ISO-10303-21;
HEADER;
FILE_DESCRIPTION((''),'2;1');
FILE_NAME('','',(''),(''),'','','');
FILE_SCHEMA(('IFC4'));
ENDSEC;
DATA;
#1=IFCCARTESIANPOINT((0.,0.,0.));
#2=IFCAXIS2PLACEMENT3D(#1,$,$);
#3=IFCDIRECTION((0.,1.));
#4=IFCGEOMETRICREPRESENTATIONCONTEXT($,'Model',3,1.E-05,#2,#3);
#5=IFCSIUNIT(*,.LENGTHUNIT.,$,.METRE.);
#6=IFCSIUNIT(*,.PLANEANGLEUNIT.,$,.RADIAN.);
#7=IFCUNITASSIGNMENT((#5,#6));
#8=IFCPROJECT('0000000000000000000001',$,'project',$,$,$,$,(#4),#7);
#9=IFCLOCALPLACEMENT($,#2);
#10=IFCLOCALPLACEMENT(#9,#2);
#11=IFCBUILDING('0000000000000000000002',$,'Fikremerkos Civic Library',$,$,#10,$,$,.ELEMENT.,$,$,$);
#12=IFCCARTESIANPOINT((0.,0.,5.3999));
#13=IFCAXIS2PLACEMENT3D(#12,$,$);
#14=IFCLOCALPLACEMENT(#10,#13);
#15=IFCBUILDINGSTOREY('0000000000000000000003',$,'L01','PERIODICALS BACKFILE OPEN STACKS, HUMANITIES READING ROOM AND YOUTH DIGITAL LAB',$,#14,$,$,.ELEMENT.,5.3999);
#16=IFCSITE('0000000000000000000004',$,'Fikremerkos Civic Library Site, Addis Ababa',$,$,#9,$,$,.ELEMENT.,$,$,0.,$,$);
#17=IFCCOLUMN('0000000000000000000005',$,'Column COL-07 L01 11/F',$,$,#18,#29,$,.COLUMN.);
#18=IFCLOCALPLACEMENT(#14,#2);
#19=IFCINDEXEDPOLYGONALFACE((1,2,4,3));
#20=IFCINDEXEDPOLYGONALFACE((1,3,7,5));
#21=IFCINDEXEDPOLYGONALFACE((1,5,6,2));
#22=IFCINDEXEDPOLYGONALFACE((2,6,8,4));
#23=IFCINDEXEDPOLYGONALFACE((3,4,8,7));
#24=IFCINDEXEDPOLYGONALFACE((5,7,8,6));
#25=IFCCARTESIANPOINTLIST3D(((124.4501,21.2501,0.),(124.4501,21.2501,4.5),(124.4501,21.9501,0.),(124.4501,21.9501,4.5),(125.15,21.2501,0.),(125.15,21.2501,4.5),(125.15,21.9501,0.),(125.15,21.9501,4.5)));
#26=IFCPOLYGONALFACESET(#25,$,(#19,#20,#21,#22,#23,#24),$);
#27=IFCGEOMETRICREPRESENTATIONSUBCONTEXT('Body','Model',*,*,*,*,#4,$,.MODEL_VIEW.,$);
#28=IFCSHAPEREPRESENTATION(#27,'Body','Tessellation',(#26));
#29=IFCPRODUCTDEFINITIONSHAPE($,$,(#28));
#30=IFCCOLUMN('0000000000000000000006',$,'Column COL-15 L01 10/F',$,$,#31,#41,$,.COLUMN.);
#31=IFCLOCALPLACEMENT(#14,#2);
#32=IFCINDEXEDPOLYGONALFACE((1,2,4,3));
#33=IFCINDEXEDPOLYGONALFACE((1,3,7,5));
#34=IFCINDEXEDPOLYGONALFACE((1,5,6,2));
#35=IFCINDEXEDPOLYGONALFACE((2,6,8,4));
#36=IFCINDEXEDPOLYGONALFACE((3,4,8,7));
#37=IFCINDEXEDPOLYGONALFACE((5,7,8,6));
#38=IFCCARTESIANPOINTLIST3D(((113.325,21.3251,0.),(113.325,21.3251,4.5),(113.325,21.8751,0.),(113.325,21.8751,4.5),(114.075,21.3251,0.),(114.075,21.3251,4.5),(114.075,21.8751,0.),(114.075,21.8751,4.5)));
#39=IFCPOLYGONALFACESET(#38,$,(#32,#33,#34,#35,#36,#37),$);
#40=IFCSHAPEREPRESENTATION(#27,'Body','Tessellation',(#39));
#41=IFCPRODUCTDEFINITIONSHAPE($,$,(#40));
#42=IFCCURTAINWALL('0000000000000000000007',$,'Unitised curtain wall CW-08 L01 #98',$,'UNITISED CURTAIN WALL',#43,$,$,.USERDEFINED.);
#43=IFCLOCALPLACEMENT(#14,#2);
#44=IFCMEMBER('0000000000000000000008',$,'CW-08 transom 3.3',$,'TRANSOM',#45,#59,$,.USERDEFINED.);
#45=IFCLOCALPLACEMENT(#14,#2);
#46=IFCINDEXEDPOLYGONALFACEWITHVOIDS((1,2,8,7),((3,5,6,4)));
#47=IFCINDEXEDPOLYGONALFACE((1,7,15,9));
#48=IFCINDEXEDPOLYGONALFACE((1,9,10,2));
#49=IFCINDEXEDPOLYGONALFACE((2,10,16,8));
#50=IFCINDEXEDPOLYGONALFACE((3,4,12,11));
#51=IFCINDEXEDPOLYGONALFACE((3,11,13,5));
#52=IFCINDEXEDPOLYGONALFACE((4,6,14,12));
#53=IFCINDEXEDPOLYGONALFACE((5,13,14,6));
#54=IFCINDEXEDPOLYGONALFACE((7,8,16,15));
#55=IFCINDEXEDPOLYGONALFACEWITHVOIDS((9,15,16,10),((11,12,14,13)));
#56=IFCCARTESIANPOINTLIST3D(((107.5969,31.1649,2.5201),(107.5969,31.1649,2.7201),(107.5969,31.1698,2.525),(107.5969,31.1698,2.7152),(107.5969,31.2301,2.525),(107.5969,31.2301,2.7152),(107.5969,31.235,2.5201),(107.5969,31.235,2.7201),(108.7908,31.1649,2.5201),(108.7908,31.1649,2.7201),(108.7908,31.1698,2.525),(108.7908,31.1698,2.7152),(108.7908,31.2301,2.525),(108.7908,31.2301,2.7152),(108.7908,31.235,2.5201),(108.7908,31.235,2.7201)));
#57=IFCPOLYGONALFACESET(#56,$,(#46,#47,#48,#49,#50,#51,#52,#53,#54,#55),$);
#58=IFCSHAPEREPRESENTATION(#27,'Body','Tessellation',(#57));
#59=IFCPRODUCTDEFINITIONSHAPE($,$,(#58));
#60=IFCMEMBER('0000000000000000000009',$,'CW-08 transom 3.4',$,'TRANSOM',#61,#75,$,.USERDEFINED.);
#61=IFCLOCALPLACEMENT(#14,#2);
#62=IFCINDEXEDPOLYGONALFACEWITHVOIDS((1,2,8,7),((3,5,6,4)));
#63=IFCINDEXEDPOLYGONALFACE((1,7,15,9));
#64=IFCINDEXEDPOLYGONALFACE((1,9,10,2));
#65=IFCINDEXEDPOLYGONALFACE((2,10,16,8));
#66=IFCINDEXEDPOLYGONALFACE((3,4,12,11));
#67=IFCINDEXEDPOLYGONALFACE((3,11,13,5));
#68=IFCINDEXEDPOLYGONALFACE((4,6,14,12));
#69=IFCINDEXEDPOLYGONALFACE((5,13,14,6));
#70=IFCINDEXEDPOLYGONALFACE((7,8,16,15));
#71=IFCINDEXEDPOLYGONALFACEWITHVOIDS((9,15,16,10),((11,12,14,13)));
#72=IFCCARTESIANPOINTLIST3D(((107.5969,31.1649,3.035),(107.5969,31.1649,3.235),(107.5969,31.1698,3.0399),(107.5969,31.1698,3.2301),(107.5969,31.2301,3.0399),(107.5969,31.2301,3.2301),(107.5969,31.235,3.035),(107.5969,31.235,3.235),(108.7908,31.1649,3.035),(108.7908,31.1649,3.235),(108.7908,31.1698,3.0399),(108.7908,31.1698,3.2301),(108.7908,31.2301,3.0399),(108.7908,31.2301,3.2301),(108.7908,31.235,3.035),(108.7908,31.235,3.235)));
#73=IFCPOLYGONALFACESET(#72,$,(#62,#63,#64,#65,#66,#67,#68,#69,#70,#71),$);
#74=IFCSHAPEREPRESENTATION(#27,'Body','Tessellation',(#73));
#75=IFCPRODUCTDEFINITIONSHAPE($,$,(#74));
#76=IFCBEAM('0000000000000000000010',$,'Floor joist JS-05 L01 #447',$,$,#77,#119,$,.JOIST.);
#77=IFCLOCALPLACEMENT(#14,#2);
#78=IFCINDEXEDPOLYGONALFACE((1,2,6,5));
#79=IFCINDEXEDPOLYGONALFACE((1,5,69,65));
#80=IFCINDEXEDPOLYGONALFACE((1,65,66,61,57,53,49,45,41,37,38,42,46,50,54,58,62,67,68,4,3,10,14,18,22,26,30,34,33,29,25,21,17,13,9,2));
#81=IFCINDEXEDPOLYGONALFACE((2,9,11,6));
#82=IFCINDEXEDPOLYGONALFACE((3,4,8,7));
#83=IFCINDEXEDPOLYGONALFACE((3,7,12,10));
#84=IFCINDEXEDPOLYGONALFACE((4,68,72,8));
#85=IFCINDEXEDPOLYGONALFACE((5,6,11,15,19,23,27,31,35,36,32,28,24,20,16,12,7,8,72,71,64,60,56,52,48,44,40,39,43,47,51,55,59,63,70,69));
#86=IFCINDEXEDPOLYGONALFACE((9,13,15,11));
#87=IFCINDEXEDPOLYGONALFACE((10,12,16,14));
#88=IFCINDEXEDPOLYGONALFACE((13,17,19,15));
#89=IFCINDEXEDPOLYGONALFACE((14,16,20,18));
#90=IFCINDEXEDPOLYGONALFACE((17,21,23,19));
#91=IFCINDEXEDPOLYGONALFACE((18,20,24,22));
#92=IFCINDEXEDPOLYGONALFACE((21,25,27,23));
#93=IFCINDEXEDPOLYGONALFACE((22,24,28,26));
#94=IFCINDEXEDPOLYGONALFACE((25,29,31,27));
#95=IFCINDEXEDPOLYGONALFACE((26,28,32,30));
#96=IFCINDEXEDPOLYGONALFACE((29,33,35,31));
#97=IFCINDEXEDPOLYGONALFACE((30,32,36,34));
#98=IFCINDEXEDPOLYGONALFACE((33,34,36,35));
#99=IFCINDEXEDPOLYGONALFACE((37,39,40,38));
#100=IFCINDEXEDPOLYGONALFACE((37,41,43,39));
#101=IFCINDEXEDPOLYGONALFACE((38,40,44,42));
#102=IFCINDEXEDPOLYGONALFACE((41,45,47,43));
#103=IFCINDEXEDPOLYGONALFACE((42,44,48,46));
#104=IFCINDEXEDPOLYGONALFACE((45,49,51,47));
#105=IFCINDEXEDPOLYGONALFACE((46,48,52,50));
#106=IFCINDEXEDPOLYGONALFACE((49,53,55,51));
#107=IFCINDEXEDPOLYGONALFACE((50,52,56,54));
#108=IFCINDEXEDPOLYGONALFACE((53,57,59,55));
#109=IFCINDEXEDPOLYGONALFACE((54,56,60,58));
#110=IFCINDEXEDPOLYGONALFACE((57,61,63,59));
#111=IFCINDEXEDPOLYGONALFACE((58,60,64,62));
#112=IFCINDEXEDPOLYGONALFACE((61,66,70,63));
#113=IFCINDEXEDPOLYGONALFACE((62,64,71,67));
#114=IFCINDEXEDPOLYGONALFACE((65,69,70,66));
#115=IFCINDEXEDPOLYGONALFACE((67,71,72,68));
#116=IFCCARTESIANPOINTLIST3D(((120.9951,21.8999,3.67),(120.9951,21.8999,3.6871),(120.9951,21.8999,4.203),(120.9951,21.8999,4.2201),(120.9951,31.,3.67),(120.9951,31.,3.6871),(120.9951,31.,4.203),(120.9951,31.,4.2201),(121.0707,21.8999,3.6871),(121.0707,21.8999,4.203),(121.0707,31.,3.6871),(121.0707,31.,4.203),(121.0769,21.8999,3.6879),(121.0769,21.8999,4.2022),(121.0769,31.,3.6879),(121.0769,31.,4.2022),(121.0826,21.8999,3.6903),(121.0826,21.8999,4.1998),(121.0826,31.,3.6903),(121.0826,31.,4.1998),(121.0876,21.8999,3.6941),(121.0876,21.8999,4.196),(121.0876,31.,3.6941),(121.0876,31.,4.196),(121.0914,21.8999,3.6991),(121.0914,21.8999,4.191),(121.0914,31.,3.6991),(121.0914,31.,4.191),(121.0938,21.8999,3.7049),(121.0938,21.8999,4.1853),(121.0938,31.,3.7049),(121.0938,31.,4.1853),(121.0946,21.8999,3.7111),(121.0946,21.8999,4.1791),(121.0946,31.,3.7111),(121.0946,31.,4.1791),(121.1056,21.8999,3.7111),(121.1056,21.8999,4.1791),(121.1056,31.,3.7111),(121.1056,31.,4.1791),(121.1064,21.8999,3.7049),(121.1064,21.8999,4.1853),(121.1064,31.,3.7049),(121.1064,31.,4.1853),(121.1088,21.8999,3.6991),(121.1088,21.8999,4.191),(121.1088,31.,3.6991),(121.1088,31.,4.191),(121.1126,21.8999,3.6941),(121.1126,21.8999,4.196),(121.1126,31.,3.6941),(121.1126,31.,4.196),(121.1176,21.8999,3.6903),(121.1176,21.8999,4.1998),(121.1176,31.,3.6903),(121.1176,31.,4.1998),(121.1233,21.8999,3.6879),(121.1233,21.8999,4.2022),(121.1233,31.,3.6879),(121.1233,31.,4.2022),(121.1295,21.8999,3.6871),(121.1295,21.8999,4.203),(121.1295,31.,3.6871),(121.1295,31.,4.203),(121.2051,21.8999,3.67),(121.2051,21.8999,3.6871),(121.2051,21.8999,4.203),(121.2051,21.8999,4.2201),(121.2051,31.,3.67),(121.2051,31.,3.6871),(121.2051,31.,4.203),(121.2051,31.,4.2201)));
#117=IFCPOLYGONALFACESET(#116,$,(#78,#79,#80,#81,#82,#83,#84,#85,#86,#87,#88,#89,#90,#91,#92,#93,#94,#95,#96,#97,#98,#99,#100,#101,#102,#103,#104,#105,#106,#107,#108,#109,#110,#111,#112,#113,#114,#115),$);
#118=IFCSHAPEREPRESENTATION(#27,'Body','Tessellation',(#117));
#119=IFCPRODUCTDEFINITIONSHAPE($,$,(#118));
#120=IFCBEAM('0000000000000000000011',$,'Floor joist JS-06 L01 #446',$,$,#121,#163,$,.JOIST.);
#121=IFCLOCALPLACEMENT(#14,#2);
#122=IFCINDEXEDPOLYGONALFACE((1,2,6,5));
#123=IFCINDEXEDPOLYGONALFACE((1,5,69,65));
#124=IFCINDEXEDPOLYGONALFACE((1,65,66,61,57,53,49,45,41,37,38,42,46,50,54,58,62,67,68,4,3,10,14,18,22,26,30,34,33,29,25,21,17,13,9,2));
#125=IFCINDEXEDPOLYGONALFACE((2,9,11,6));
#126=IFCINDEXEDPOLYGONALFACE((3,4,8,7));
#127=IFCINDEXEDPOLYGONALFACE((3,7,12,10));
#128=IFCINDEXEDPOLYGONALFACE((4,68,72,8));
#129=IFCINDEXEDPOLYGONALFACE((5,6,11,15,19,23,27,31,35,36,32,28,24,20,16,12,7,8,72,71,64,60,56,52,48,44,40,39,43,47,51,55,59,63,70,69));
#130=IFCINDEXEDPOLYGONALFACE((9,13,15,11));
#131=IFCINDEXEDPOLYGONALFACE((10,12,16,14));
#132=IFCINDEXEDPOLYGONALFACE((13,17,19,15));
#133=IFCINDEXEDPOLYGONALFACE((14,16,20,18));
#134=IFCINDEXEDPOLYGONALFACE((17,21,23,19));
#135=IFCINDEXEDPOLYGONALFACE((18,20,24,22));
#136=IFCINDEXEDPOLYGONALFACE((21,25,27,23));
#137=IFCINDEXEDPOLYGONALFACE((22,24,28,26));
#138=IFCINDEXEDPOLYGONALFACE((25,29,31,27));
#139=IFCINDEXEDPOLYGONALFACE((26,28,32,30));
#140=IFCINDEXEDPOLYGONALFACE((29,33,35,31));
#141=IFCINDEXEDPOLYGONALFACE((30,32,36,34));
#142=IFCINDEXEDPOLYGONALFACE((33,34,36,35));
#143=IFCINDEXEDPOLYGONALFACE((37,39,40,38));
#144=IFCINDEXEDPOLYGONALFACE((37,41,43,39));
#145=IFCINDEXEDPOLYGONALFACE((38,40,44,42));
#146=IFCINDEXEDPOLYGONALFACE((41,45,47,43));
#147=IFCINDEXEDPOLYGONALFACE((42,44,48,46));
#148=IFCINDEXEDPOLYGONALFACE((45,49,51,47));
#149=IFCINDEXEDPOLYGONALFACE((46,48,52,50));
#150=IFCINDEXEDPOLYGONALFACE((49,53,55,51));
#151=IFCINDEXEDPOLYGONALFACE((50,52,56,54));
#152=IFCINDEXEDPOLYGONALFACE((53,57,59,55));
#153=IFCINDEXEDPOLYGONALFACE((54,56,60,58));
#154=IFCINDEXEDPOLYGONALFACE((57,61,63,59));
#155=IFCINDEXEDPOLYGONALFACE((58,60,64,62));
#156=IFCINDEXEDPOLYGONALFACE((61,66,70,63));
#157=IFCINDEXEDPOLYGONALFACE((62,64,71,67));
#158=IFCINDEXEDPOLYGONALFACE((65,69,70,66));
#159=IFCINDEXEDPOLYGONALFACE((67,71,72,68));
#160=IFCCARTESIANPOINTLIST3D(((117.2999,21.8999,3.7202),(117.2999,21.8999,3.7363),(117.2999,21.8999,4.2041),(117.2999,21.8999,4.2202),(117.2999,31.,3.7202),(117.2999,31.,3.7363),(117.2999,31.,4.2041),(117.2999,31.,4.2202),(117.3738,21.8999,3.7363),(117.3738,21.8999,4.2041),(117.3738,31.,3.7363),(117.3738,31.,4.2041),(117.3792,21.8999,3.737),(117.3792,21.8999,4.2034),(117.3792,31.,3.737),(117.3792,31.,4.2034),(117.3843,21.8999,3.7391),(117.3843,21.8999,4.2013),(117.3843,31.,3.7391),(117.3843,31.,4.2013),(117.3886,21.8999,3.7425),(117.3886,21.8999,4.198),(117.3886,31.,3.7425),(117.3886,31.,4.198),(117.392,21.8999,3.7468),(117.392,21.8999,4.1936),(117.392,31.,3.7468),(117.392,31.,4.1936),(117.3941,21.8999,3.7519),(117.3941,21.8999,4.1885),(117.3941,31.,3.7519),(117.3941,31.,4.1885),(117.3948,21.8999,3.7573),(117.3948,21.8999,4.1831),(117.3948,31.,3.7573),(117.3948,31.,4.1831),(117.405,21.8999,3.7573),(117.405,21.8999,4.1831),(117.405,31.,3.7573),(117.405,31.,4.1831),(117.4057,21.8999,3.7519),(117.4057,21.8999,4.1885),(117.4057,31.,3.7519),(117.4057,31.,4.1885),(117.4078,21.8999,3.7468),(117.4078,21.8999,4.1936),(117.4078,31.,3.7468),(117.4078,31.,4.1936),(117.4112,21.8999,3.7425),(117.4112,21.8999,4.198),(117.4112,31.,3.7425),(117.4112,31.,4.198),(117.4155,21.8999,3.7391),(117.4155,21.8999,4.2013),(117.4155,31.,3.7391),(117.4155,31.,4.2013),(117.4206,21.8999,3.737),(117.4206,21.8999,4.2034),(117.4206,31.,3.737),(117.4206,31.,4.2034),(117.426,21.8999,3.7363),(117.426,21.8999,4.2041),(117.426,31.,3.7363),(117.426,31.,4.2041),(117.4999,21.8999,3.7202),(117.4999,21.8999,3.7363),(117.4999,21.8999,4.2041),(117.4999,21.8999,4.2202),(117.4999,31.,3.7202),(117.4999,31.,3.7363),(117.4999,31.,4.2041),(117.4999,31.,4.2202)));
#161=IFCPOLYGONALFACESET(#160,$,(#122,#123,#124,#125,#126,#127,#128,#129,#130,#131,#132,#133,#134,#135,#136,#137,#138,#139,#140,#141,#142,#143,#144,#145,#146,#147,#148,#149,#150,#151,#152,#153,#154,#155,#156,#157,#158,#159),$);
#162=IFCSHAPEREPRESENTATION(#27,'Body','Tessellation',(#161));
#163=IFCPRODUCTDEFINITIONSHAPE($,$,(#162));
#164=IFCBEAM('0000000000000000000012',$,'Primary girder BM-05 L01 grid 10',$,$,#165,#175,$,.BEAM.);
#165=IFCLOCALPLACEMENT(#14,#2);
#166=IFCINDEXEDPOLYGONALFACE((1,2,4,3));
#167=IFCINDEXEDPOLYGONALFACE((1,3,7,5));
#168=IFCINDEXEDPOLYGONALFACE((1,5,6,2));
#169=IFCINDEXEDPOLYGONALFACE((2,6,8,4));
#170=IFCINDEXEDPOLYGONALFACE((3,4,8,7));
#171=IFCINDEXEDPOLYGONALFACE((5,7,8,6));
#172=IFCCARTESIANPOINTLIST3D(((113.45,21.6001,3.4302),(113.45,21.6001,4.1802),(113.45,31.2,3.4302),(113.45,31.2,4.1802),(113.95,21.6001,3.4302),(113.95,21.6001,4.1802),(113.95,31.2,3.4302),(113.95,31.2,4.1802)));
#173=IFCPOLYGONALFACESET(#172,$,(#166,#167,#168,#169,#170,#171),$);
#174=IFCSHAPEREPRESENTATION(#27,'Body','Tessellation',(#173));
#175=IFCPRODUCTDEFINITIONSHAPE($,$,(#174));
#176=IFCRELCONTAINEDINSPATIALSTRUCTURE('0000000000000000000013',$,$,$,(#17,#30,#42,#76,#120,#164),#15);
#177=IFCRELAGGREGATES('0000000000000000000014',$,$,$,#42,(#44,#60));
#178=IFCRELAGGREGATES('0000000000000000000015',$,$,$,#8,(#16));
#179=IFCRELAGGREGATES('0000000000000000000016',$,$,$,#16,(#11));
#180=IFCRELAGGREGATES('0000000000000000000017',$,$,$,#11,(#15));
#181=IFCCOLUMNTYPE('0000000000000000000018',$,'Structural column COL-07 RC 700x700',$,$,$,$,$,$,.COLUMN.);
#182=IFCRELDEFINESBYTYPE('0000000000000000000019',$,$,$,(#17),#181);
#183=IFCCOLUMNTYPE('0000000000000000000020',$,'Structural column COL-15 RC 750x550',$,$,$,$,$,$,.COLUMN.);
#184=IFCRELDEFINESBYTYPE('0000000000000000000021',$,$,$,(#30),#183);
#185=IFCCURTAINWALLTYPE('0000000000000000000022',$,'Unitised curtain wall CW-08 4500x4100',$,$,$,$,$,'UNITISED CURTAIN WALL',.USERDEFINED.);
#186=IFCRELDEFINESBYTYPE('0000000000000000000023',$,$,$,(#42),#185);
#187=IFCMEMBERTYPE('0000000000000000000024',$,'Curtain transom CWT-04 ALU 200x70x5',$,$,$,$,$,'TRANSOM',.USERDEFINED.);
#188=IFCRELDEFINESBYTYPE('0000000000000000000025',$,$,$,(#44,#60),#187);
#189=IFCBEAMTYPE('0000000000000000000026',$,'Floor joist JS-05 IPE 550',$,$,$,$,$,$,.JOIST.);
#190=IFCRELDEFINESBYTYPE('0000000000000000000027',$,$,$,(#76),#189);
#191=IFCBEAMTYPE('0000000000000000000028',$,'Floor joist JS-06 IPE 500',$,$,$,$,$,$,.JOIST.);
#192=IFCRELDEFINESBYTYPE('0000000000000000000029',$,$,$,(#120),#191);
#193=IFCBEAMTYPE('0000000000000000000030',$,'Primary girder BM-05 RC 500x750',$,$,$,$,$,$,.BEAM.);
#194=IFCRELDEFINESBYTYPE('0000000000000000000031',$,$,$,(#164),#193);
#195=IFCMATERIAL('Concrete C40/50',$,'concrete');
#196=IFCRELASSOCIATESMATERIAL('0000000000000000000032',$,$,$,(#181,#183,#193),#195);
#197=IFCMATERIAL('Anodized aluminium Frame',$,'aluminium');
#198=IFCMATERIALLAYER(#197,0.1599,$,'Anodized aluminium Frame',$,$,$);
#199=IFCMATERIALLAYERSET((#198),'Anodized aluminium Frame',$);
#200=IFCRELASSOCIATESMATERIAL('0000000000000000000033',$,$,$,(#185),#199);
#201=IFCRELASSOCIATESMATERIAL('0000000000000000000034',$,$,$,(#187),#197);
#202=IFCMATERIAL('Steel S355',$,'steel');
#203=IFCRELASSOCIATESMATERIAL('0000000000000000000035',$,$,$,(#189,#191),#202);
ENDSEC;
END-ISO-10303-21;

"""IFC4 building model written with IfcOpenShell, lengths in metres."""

from ifc_helpers import new_model, si_unit, direction, frame, origin, origin_2d, place, context, subcontext, project, spatial, rectangle, hollow_rectangle, i_section, extrude, material, layer, layer_set, material_profile, profile_set, type_object, element, aggregate, save


model = new_model("IFC4")

# Units and contexts
model_context = context("Model", 3, precision=1e-05, world=origin(), true_north=direction((0.0, 1.0)))
body_context = subcontext(model_context, "Body", "Model", "MODEL_VIEW")
ifc_project = project(units=[si_unit("LENGTHUNIT", "METRE"), si_unit("PLANEANGLEUNIT", "RADIAN")], contexts=[model_context])

# Site, building, storey
site_placement = place(None, origin())
site = spatial("IfcSite", under=ifc_project, at=site_placement, Name="Fikremerkos Civic Library Site, Addis Ababa", CompositionType="ELEMENT", RefElevation=0.0)
building_placement = place(site_placement, origin())
building = spatial("IfcBuilding", under=site, at=building_placement, Name="Fikremerkos Civic Library", CompositionType="ELEMENT")
storey_placement = place(building_placement, frame((0.0, 0.0, 5.3999)))
storey = spatial("IfcBuildingStorey", under=building, at=storey_placement, Name="L01", Description="PERIODICALS BACKFILE OPEN STACKS, HUMANITIES READING ROOM AND YOUTH DIGITAL LAB", CompositionType="ELEMENT", Elevation=5.3999)

# Columns
ifc_material_1 = material(Name="Concrete C40/50", Category="concrete")
ifc_material_profile_1 = material_profile(ifc_material_1, rectangle(XDim=0.7, YDim=0.7, at=origin_2d()), Name="RC 700x700")
ifc_profile_set_1 = profile_set([ifc_material_profile_1], Name="Concrete C40/50")
column_type_1 = type_object("IfcColumnType", Name="Structural column COL-07 RC 700x700", PredefinedType="COLUMN", material=ifc_profile_set_1)
column_1_placement = place(storey_placement, frame((124.8, 21.6001, 0.0), z_axis=(0.0, 0.0, 1.0), x_axis=(1.0, 0.0, 0.0)))
element("IfcColumn", 1, at=column_1_placement, inside=storey, type_object=column_type_1, Name="Column COL-07 L01 11/F", PredefinedType="COLUMN", context=body_context, shape_type="SweptSolid", body=[
    extrude(rectangle(XDim=0.7, YDim=0.7, at=origin_2d()), origin(), (0.0, 0.0, 1.0), 4.5),
])
ifc_material_profile_2 = material_profile(ifc_material_1, rectangle(XDim=0.75, YDim=0.55, at=origin_2d()), Name="RC 750x550")
ifc_profile_set_2 = profile_set([ifc_material_profile_2], Name="Concrete C40/50")
column_type_2 = type_object("IfcColumnType", Name="Structural column COL-15 RC 750x550", PredefinedType="COLUMN", material=ifc_profile_set_2)
column_2_placement = place(storey_placement, frame((113.7, 21.6001, 0.0), z_axis=(0.0, 0.0, 1.0), x_axis=(1.0, 0.0, 0.0)))
element("IfcColumn", 2, at=column_2_placement, inside=storey, type_object=column_type_2, Name="Column COL-15 L01 10/F", PredefinedType="COLUMN", context=body_context, shape_type="SweptSolid", body=[
    extrude(rectangle(XDim=0.75, YDim=0.55, at=origin_2d()), origin(), (0.0, 0.0, 1.0), 4.5),
])

# Curtain wall, members
ifc_material_2 = material(Name="Anodized aluminium Frame", Category="aluminium")
ifc_layer_1 = layer(ifc_material_2, 0.1599, Name="Anodized aluminium Frame")
ifc_layer_set_1 = layer_set([ifc_layer_1], Name="Anodized aluminium Frame")
curtain_wall_type = type_object("IfcCurtainWallType", Name="Unitised curtain wall CW-08 4500x4100", ElementType="UNITISED CURTAIN WALL", PredefinedType="USERDEFINED", material=ifc_layer_set_1)
curtain_wall_placement = place(storey_placement, origin())
curtain_wall = element("IfcCurtainWall", 3, at=curtain_wall_placement, inside=storey, type_object=curtain_wall_type, Name="Unitised curtain wall CW-08 L01 #98", ObjectType="UNITISED CURTAIN WALL", PredefinedType="USERDEFINED")
ifc_material_profile_3 = material_profile(ifc_material_2, hollow_rectangle(XDim=0.0701, YDim=0.2, WallThickness=0.0049, at=origin_2d()), Name="ALU 200x70x5")
ifc_profile_set_3 = profile_set([ifc_material_profile_3], Name="Anodized aluminium Frame")
member_type = type_object("IfcMemberType", Name="Curtain transom CWT-04 ALU 200x70x5", ElementType="TRANSOM", PredefinedType="USERDEFINED", material=ifc_profile_set_3)
member_1_placement = place(storey_placement, frame((107.5969, 31.2, 2.6201), z_axis=(1.0, 0.0, 0.0), x_axis=(0.0, 1.0, 0.0)))
member_1 = element("IfcMember", 4, at=member_1_placement, type_object=member_type, Name="CW-08 transom 3.3", ObjectType="TRANSOM", PredefinedType="USERDEFINED", context=body_context, shape_type="SweptSolid", body=[
    extrude(hollow_rectangle(XDim=0.0701, YDim=0.2, WallThickness=0.0049, at=origin_2d()), origin(), (0.0, 0.0, 1.0), 1.1938),
])
member_2_placement = place(storey_placement, frame((107.5969, 31.2, 3.135), z_axis=(1.0, 0.0, 0.0), x_axis=(0.0, 1.0, 0.0)))
member_2 = element("IfcMember", 5, at=member_2_placement, type_object=member_type, Name="CW-08 transom 3.4", ObjectType="TRANSOM", PredefinedType="USERDEFINED", context=body_context, shape_type="SweptSolid", body=[
    extrude(hollow_rectangle(XDim=0.0701, YDim=0.2, WallThickness=0.0049, at=origin_2d()), origin(), (0.0, 0.0, 1.0), 1.1938),
])

# Beams
ifc_material_3 = material(Name="Steel S355", Category="steel")
ifc_material_profile_4 = material_profile(ifc_material_3, i_section(OverallWidth=0.21, OverallDepth=0.55, WebThickness=0.011, FlangeThickness=0.0171, FilletRadius=0.0239, at=origin_2d()), Name="IPE 550")
ifc_profile_set_4 = profile_set([ifc_material_profile_4], Name="Steel S355")
beam_type_1 = type_object("IfcBeamType", Name="Floor joist JS-05 IPE 550", PredefinedType="JOIST", material=ifc_profile_set_4)
beam_1_placement = place(storey_placement, frame((121.1001, 21.8999, 3.9451), z_axis=(0.0, 1.0, 0.0), x_axis=(-1.0, 0.0, 0.0)))
element("IfcBeam", 6, at=beam_1_placement, inside=storey, type_object=beam_type_1, Name="Floor joist JS-05 L01 #447", PredefinedType="JOIST", context=body_context, shape_type="SweptSolid", body=[
    extrude(i_section(OverallWidth=0.21, OverallDepth=0.55, WebThickness=0.011, FlangeThickness=0.0171, FilletRadius=0.0239, at=origin_2d()), origin(), (0.0, 0.0, 1.0), 9.1001),
])
ifc_material_profile_5 = material_profile(ifc_material_3, i_section(OverallWidth=0.2, OverallDepth=0.5, WebThickness=0.0103, FlangeThickness=0.0161, FilletRadius=0.021, at=origin_2d()), Name="IPE 500")
ifc_profile_set_5 = profile_set([ifc_material_profile_5], Name="Steel S355")
beam_type_2 = type_object("IfcBeamType", Name="Floor joist JS-06 IPE 500", PredefinedType="JOIST", material=ifc_profile_set_5)
beam_2_placement = place(storey_placement, frame((117.3999, 21.8999, 3.9702), z_axis=(0.0, 1.0, 0.0), x_axis=(-1.0, 0.0, 0.0)))
element("IfcBeam", 7, at=beam_2_placement, inside=storey, type_object=beam_type_2, Name="Floor joist JS-06 L01 #446", PredefinedType="JOIST", context=body_context, shape_type="SweptSolid", body=[
    extrude(i_section(OverallWidth=0.2, OverallDepth=0.5, WebThickness=0.0103, FlangeThickness=0.0161, FilletRadius=0.021, at=origin_2d()), origin(), (0.0, 0.0, 1.0), 9.1001),
])
ifc_material_profile_6 = material_profile(ifc_material_1, rectangle(XDim=0.5, YDim=0.75, at=origin_2d()), Name="RC 500x750")
ifc_profile_set_6 = profile_set([ifc_material_profile_6], Name="Concrete C40/50")
beam_type_3 = type_object("IfcBeamType", Name="Primary girder BM-05 RC 500x750", PredefinedType="BEAM", material=ifc_profile_set_6)
beam_3_placement = place(storey_placement, frame((113.7, 21.6001, 3.8052), z_axis=(0.0, 1.0, 0.0), x_axis=(-1.0, 0.0, 0.0)))
element("IfcBeam", 8, at=beam_3_placement, inside=storey, type_object=beam_type_3, Name="Primary girder BM-05 L01 grid 10", PredefinedType="BEAM", context=body_context, shape_type="SweptSolid", body=[
    extrude(rectangle(XDim=0.5, YDim=0.75, at=origin_2d()), origin(), (0.0, 0.0, 1.0), 9.5999),
])

aggregate(curtain_wall, [member_1, member_2])

save(model, "model.ifc")
